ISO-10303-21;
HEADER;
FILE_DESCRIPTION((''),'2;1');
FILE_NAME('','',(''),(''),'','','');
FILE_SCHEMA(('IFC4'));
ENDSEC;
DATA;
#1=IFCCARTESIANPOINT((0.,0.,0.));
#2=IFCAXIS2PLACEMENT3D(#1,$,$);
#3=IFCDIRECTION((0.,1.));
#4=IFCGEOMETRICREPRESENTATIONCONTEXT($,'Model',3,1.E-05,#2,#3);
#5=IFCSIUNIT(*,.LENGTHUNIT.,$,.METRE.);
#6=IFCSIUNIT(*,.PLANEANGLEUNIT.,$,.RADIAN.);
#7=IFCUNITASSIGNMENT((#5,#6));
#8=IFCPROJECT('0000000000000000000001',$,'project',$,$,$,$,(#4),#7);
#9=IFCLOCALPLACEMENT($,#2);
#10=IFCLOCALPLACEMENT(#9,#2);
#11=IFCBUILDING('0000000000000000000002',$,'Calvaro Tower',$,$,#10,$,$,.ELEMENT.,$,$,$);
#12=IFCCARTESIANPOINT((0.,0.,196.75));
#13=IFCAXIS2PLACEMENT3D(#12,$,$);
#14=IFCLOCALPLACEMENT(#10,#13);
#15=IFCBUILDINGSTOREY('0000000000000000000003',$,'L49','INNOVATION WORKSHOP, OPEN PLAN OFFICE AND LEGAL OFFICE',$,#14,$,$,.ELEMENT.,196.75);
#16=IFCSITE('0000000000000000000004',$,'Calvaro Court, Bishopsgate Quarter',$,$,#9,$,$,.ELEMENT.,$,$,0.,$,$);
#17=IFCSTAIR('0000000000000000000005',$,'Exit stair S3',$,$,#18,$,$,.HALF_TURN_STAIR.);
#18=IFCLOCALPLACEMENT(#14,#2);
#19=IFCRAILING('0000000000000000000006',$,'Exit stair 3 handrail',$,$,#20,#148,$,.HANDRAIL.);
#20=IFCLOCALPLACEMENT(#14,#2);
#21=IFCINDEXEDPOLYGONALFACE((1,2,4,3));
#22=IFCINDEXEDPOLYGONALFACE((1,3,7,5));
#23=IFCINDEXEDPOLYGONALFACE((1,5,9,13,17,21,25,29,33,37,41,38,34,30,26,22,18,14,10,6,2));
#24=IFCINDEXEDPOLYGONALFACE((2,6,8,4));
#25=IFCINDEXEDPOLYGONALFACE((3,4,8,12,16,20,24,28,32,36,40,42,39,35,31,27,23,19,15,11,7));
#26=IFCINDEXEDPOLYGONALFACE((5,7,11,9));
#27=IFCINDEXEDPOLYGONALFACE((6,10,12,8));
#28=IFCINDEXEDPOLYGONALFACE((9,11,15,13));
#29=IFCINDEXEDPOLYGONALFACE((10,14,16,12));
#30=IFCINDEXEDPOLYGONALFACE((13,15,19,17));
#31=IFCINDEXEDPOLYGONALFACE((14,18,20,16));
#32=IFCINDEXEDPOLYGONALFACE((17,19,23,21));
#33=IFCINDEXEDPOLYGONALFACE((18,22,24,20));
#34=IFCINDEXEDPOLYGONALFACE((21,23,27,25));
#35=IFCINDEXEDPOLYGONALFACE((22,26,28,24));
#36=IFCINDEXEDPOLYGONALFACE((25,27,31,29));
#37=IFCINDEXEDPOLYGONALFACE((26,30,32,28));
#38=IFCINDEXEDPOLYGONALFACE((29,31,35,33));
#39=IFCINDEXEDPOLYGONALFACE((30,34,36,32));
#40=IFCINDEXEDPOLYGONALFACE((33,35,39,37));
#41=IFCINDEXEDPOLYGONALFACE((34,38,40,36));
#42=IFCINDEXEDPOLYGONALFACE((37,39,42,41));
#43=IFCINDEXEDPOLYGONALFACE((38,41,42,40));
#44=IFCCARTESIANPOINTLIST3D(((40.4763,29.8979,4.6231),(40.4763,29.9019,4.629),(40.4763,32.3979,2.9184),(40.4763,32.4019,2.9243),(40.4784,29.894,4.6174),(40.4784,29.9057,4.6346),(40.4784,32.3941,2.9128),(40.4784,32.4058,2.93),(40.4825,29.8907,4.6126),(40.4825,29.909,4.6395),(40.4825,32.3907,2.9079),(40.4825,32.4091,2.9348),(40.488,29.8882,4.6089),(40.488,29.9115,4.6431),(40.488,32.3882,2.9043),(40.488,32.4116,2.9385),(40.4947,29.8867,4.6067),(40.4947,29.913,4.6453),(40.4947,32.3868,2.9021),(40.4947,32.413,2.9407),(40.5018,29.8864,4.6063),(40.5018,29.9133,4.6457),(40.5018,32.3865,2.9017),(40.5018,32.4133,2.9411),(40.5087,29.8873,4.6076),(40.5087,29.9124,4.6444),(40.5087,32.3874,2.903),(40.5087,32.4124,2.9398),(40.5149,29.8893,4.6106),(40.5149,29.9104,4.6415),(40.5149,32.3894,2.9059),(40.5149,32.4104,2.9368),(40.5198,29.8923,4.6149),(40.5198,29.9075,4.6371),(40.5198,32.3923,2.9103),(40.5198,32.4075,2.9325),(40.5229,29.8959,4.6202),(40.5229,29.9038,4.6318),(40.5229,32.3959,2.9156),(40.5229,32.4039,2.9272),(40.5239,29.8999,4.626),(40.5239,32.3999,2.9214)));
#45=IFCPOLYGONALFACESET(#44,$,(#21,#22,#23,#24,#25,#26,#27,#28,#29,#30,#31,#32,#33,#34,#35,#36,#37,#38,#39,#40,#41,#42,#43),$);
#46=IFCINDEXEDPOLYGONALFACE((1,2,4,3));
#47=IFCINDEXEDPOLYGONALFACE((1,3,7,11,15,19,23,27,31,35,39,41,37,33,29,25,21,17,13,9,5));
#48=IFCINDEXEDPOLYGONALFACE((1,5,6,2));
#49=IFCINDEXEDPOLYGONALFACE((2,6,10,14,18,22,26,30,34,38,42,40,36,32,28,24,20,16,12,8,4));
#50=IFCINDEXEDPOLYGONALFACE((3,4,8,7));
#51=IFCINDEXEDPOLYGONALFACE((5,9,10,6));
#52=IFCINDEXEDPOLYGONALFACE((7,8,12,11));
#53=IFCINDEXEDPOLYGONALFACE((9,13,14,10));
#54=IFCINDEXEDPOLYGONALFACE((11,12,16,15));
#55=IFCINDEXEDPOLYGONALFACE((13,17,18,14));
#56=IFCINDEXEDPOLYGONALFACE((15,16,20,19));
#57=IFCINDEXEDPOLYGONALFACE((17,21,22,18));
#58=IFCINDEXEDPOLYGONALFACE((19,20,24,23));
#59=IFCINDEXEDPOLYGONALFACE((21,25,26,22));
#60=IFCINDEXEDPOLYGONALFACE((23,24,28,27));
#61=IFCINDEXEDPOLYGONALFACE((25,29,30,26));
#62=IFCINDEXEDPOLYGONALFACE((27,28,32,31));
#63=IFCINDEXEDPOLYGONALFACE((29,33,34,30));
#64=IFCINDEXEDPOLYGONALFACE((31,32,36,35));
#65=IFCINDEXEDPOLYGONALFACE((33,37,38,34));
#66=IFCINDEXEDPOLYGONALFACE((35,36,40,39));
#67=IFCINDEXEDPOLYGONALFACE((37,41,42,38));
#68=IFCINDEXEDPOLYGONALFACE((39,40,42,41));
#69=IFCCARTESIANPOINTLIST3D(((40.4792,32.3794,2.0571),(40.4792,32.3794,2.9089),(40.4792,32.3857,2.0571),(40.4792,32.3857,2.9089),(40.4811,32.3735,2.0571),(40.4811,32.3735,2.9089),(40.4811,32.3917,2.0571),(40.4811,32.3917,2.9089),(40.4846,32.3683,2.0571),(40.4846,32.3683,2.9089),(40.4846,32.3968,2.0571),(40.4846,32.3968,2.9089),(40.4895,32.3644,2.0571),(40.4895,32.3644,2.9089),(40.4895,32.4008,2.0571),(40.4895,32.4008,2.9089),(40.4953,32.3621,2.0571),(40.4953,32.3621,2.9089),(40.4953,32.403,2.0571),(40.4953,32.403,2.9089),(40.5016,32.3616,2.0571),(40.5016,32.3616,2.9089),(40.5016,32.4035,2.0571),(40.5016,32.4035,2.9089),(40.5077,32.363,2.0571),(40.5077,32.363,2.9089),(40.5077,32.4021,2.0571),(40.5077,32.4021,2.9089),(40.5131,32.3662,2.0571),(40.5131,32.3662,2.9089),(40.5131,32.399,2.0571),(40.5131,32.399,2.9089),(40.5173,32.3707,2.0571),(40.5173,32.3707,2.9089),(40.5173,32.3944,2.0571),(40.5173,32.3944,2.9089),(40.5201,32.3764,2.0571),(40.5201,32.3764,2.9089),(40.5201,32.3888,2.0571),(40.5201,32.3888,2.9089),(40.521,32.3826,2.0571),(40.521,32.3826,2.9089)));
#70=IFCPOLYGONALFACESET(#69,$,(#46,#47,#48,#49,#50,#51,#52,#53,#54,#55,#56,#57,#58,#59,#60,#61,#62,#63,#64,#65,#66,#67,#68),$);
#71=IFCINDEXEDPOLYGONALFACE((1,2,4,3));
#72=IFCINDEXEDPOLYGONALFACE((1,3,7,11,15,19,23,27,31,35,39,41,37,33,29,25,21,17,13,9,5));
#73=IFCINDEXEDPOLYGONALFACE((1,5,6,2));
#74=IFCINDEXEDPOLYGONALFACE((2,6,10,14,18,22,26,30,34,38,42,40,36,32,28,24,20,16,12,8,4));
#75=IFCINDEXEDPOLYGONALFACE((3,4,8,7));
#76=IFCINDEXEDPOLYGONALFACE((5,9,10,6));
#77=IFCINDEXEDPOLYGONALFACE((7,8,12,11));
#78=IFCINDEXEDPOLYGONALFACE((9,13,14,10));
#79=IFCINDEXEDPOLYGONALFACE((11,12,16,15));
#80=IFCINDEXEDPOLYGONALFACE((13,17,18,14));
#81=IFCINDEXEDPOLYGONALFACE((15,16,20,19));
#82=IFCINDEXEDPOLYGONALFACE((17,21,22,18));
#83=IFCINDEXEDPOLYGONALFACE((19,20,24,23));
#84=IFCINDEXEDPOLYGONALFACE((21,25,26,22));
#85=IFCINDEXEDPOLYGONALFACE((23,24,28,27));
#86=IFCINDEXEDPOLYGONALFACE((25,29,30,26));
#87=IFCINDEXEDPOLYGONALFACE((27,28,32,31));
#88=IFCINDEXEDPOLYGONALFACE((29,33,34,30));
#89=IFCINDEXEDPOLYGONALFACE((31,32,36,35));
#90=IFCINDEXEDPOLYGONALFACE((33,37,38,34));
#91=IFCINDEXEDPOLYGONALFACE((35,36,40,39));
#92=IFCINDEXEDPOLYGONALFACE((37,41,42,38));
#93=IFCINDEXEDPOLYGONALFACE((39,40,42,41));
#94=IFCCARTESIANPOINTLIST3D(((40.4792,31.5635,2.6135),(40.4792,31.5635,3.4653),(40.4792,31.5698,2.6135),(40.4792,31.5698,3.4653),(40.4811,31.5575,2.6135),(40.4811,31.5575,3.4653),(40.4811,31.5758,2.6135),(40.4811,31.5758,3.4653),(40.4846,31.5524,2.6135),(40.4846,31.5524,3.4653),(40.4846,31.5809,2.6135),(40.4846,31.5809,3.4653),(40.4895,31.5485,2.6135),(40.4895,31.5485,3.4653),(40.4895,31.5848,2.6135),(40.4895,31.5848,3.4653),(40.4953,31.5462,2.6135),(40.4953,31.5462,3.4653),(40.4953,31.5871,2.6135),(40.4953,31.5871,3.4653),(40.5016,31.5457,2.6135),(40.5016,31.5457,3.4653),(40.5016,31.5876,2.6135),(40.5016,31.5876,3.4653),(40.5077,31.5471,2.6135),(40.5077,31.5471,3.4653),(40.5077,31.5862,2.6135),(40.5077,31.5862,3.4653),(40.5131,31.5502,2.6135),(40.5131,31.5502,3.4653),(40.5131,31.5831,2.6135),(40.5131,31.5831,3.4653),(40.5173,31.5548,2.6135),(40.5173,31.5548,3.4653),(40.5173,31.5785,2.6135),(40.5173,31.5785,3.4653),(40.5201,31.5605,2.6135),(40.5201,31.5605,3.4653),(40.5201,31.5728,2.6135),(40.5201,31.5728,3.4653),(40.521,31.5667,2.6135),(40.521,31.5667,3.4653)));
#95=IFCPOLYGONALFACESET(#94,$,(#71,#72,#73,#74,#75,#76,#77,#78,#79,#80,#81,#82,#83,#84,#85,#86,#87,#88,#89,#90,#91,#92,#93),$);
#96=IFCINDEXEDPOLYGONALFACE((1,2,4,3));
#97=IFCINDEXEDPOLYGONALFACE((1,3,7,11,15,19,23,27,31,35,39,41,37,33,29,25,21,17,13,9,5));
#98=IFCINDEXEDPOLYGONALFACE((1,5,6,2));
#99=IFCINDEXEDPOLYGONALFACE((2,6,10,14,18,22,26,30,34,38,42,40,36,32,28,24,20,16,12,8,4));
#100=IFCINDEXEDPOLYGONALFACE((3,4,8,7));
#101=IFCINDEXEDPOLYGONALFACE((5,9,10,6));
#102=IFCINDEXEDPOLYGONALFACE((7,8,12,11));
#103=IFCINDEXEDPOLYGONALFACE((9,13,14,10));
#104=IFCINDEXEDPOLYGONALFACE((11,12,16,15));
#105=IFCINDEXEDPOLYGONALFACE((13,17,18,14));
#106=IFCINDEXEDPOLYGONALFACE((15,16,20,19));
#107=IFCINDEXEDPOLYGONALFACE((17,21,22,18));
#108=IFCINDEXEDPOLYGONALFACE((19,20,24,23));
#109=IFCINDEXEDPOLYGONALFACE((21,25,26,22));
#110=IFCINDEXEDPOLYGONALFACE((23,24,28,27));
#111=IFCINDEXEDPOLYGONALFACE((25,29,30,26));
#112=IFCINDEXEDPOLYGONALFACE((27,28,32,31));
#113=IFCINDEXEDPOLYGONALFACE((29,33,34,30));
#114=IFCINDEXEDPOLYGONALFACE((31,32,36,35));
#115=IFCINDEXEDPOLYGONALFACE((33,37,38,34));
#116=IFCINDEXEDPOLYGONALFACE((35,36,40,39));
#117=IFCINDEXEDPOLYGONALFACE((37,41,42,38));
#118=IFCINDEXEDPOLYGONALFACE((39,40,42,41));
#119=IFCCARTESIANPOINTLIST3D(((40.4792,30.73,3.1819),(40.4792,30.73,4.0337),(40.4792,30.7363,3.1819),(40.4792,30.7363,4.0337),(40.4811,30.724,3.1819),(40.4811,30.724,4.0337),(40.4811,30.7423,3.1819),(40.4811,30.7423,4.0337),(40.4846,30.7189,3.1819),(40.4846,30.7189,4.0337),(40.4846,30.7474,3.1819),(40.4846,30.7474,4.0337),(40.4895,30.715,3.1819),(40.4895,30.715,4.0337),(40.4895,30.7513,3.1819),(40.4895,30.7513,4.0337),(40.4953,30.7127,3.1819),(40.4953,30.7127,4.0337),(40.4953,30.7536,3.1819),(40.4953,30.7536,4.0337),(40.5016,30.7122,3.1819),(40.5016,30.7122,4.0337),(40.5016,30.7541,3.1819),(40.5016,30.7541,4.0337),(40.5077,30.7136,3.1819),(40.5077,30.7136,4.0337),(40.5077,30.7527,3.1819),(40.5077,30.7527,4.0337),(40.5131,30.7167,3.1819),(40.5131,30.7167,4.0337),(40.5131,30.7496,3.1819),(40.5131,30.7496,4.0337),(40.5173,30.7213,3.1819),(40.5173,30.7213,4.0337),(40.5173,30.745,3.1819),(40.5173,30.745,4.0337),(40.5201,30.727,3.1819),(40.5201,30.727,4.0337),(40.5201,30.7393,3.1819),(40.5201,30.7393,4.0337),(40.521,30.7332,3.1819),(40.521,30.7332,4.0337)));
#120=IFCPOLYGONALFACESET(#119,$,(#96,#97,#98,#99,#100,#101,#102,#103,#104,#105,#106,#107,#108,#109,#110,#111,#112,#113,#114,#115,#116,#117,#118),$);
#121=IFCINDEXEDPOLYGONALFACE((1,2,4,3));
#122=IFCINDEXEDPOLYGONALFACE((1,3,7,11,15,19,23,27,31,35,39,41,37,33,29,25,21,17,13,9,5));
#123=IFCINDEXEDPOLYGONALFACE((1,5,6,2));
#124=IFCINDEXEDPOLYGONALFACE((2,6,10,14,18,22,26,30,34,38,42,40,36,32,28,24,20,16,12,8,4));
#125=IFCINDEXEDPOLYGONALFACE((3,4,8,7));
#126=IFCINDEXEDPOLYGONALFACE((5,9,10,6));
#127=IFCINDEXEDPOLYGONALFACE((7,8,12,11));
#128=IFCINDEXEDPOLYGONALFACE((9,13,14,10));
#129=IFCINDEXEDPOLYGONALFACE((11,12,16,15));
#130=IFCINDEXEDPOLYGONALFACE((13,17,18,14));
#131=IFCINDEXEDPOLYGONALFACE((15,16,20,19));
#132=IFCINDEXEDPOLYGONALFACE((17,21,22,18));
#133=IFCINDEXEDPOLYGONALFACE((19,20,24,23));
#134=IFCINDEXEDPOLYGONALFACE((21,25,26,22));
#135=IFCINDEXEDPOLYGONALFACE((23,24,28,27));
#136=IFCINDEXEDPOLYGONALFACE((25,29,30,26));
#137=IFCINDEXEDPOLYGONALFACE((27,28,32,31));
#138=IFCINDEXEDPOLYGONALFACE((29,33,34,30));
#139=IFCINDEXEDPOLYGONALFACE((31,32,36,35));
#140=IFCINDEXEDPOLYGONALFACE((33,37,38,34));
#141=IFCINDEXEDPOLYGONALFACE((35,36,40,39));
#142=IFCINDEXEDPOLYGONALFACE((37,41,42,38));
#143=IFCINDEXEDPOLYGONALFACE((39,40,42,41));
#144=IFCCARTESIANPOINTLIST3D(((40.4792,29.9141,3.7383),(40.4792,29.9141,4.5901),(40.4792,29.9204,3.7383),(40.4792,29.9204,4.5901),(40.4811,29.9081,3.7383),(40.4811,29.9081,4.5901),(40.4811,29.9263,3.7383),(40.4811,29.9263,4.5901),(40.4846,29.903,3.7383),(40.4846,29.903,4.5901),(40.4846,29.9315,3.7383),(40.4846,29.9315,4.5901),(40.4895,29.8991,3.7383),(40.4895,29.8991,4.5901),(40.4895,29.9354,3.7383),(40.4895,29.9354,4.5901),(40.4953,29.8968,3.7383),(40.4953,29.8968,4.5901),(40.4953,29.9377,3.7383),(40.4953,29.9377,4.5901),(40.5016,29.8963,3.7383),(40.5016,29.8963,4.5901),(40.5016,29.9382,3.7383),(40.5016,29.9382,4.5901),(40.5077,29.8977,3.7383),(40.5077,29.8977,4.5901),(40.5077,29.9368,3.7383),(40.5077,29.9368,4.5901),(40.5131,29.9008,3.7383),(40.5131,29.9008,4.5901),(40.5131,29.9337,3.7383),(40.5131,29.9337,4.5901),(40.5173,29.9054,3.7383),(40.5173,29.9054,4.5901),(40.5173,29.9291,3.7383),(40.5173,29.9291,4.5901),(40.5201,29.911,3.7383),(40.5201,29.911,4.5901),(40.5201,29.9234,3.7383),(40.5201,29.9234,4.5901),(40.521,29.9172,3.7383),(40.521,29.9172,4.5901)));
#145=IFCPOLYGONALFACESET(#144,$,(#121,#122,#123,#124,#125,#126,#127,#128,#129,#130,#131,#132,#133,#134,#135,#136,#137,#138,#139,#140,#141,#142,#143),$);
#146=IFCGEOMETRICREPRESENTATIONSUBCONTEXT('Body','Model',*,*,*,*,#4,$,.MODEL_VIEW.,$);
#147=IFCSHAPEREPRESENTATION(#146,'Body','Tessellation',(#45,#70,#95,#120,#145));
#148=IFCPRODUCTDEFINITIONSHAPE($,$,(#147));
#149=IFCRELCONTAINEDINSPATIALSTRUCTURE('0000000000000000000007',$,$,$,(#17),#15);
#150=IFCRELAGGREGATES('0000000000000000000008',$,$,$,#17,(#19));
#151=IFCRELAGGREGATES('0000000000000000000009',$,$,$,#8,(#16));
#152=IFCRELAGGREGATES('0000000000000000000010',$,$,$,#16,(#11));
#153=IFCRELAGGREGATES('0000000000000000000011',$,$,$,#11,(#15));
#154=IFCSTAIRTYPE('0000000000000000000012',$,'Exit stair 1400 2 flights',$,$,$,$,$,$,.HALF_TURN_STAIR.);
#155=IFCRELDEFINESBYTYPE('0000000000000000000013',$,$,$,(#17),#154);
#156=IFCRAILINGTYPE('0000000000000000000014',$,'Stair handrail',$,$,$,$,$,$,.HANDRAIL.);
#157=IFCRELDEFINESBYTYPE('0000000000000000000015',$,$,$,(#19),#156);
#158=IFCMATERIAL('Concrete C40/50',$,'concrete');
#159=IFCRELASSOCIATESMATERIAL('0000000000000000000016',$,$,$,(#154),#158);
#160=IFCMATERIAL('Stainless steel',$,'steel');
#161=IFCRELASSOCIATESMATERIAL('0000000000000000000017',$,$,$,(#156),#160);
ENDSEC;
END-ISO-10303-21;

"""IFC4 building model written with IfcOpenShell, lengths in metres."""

from ifc_helpers import new_model, si_unit, direction, frame, origin, origin_2d, place, context, subcontext, project, spatial, circle, extrude, material, type_object, element, aggregate, save


model = new_model("IFC4")

# Units and contexts
model_context = context("Model", 3, precision=1e-05, world=origin(), true_north=direction((0.0, 1.0)))
body_context = subcontext(model_context, "Body", "Model", "MODEL_VIEW")
ifc_project = project(units=[si_unit("LENGTHUNIT", "METRE"), si_unit("PLANEANGLEUNIT", "RADIAN")], contexts=[model_context])

# Site, building, storey
site_placement = place(None, origin())
site = spatial("IfcSite", under=ifc_project, at=site_placement, Name="Calvaro Court, Bishopsgate Quarter", CompositionType="ELEMENT", RefElevation=0.0)
building_placement = place(site_placement, origin())
building = spatial("IfcBuilding", under=site, at=building_placement, Name="Calvaro Tower", CompositionType="ELEMENT")
storey_placement = place(building_placement, frame((0.0, 0.0, 196.75)))
storey = spatial("IfcBuildingStorey", under=building, at=storey_placement, Name="L49", Description="INNOVATION WORKSHOP, OPEN PLAN OFFICE AND LEGAL OFFICE", CompositionType="ELEMENT", Elevation=196.75)

# Stair
ifc_material_1 = material(Name="Concrete C40/50", Category="concrete")
stair_type = type_object("IfcStairType", Name="Exit stair 1400 2 flights", PredefinedType="HALF_TURN_STAIR", material=ifc_material_1)
stair_1_placement = place(storey_placement, origin())
stair_1 = element("IfcStair", 1, at=stair_1_placement, inside=storey, type_object=stair_type, Name="Exit stair S3", PredefinedType="HALF_TURN_STAIR")

# Railing
ifc_material_2 = material(Name="Stainless steel", Category="steel")
railing_type = type_object("IfcRailingType", Name="Stair handrail", PredefinedType="HANDRAIL", material=ifc_material_2)
railing_1_placement = place(storey_placement, frame((40.5, 32.3999, 2.0454)))
railing_1 = element("IfcRailing", 2, at=railing_1_placement, type_object=railing_type, Name="Exit stair 3 handrail", PredefinedType="HANDRAIL", context=body_context, shape_type="SweptSolid", body=[
    extrude(circle(Radius=0.0239, at=origin_2d()), frame((0.0, 0.0, 0.876), z_axis=(0.0, -0.826221, 0.563347), x_axis=(1.0, 0.0, 0.0)), (0.0, 0.0, 1.0), 3.0259),
    extrude(circle(Radius=0.021, at=origin_2d()), frame((0.0, -0.0173, 0.0117)), (0.0, 0.0, 1.0), 0.8518),
    extrude(circle(Radius=0.021, at=origin_2d()), frame((0.0, -0.8333, 0.5681)), (0.0, 0.0, 1.0), 0.8518),
    extrude(circle(Radius=0.021, at=origin_2d()), frame((0.0, -1.6667, 1.1365)), (0.0, 0.0, 1.0), 0.8518),
    extrude(circle(Radius=0.021, at=origin_2d()), frame((0.0, -2.4827, 1.6929)), (0.0, 0.0, 1.0), 0.8518),
])
aggregate(stair_1, [railing_1])

save(model, "model.ifc")
